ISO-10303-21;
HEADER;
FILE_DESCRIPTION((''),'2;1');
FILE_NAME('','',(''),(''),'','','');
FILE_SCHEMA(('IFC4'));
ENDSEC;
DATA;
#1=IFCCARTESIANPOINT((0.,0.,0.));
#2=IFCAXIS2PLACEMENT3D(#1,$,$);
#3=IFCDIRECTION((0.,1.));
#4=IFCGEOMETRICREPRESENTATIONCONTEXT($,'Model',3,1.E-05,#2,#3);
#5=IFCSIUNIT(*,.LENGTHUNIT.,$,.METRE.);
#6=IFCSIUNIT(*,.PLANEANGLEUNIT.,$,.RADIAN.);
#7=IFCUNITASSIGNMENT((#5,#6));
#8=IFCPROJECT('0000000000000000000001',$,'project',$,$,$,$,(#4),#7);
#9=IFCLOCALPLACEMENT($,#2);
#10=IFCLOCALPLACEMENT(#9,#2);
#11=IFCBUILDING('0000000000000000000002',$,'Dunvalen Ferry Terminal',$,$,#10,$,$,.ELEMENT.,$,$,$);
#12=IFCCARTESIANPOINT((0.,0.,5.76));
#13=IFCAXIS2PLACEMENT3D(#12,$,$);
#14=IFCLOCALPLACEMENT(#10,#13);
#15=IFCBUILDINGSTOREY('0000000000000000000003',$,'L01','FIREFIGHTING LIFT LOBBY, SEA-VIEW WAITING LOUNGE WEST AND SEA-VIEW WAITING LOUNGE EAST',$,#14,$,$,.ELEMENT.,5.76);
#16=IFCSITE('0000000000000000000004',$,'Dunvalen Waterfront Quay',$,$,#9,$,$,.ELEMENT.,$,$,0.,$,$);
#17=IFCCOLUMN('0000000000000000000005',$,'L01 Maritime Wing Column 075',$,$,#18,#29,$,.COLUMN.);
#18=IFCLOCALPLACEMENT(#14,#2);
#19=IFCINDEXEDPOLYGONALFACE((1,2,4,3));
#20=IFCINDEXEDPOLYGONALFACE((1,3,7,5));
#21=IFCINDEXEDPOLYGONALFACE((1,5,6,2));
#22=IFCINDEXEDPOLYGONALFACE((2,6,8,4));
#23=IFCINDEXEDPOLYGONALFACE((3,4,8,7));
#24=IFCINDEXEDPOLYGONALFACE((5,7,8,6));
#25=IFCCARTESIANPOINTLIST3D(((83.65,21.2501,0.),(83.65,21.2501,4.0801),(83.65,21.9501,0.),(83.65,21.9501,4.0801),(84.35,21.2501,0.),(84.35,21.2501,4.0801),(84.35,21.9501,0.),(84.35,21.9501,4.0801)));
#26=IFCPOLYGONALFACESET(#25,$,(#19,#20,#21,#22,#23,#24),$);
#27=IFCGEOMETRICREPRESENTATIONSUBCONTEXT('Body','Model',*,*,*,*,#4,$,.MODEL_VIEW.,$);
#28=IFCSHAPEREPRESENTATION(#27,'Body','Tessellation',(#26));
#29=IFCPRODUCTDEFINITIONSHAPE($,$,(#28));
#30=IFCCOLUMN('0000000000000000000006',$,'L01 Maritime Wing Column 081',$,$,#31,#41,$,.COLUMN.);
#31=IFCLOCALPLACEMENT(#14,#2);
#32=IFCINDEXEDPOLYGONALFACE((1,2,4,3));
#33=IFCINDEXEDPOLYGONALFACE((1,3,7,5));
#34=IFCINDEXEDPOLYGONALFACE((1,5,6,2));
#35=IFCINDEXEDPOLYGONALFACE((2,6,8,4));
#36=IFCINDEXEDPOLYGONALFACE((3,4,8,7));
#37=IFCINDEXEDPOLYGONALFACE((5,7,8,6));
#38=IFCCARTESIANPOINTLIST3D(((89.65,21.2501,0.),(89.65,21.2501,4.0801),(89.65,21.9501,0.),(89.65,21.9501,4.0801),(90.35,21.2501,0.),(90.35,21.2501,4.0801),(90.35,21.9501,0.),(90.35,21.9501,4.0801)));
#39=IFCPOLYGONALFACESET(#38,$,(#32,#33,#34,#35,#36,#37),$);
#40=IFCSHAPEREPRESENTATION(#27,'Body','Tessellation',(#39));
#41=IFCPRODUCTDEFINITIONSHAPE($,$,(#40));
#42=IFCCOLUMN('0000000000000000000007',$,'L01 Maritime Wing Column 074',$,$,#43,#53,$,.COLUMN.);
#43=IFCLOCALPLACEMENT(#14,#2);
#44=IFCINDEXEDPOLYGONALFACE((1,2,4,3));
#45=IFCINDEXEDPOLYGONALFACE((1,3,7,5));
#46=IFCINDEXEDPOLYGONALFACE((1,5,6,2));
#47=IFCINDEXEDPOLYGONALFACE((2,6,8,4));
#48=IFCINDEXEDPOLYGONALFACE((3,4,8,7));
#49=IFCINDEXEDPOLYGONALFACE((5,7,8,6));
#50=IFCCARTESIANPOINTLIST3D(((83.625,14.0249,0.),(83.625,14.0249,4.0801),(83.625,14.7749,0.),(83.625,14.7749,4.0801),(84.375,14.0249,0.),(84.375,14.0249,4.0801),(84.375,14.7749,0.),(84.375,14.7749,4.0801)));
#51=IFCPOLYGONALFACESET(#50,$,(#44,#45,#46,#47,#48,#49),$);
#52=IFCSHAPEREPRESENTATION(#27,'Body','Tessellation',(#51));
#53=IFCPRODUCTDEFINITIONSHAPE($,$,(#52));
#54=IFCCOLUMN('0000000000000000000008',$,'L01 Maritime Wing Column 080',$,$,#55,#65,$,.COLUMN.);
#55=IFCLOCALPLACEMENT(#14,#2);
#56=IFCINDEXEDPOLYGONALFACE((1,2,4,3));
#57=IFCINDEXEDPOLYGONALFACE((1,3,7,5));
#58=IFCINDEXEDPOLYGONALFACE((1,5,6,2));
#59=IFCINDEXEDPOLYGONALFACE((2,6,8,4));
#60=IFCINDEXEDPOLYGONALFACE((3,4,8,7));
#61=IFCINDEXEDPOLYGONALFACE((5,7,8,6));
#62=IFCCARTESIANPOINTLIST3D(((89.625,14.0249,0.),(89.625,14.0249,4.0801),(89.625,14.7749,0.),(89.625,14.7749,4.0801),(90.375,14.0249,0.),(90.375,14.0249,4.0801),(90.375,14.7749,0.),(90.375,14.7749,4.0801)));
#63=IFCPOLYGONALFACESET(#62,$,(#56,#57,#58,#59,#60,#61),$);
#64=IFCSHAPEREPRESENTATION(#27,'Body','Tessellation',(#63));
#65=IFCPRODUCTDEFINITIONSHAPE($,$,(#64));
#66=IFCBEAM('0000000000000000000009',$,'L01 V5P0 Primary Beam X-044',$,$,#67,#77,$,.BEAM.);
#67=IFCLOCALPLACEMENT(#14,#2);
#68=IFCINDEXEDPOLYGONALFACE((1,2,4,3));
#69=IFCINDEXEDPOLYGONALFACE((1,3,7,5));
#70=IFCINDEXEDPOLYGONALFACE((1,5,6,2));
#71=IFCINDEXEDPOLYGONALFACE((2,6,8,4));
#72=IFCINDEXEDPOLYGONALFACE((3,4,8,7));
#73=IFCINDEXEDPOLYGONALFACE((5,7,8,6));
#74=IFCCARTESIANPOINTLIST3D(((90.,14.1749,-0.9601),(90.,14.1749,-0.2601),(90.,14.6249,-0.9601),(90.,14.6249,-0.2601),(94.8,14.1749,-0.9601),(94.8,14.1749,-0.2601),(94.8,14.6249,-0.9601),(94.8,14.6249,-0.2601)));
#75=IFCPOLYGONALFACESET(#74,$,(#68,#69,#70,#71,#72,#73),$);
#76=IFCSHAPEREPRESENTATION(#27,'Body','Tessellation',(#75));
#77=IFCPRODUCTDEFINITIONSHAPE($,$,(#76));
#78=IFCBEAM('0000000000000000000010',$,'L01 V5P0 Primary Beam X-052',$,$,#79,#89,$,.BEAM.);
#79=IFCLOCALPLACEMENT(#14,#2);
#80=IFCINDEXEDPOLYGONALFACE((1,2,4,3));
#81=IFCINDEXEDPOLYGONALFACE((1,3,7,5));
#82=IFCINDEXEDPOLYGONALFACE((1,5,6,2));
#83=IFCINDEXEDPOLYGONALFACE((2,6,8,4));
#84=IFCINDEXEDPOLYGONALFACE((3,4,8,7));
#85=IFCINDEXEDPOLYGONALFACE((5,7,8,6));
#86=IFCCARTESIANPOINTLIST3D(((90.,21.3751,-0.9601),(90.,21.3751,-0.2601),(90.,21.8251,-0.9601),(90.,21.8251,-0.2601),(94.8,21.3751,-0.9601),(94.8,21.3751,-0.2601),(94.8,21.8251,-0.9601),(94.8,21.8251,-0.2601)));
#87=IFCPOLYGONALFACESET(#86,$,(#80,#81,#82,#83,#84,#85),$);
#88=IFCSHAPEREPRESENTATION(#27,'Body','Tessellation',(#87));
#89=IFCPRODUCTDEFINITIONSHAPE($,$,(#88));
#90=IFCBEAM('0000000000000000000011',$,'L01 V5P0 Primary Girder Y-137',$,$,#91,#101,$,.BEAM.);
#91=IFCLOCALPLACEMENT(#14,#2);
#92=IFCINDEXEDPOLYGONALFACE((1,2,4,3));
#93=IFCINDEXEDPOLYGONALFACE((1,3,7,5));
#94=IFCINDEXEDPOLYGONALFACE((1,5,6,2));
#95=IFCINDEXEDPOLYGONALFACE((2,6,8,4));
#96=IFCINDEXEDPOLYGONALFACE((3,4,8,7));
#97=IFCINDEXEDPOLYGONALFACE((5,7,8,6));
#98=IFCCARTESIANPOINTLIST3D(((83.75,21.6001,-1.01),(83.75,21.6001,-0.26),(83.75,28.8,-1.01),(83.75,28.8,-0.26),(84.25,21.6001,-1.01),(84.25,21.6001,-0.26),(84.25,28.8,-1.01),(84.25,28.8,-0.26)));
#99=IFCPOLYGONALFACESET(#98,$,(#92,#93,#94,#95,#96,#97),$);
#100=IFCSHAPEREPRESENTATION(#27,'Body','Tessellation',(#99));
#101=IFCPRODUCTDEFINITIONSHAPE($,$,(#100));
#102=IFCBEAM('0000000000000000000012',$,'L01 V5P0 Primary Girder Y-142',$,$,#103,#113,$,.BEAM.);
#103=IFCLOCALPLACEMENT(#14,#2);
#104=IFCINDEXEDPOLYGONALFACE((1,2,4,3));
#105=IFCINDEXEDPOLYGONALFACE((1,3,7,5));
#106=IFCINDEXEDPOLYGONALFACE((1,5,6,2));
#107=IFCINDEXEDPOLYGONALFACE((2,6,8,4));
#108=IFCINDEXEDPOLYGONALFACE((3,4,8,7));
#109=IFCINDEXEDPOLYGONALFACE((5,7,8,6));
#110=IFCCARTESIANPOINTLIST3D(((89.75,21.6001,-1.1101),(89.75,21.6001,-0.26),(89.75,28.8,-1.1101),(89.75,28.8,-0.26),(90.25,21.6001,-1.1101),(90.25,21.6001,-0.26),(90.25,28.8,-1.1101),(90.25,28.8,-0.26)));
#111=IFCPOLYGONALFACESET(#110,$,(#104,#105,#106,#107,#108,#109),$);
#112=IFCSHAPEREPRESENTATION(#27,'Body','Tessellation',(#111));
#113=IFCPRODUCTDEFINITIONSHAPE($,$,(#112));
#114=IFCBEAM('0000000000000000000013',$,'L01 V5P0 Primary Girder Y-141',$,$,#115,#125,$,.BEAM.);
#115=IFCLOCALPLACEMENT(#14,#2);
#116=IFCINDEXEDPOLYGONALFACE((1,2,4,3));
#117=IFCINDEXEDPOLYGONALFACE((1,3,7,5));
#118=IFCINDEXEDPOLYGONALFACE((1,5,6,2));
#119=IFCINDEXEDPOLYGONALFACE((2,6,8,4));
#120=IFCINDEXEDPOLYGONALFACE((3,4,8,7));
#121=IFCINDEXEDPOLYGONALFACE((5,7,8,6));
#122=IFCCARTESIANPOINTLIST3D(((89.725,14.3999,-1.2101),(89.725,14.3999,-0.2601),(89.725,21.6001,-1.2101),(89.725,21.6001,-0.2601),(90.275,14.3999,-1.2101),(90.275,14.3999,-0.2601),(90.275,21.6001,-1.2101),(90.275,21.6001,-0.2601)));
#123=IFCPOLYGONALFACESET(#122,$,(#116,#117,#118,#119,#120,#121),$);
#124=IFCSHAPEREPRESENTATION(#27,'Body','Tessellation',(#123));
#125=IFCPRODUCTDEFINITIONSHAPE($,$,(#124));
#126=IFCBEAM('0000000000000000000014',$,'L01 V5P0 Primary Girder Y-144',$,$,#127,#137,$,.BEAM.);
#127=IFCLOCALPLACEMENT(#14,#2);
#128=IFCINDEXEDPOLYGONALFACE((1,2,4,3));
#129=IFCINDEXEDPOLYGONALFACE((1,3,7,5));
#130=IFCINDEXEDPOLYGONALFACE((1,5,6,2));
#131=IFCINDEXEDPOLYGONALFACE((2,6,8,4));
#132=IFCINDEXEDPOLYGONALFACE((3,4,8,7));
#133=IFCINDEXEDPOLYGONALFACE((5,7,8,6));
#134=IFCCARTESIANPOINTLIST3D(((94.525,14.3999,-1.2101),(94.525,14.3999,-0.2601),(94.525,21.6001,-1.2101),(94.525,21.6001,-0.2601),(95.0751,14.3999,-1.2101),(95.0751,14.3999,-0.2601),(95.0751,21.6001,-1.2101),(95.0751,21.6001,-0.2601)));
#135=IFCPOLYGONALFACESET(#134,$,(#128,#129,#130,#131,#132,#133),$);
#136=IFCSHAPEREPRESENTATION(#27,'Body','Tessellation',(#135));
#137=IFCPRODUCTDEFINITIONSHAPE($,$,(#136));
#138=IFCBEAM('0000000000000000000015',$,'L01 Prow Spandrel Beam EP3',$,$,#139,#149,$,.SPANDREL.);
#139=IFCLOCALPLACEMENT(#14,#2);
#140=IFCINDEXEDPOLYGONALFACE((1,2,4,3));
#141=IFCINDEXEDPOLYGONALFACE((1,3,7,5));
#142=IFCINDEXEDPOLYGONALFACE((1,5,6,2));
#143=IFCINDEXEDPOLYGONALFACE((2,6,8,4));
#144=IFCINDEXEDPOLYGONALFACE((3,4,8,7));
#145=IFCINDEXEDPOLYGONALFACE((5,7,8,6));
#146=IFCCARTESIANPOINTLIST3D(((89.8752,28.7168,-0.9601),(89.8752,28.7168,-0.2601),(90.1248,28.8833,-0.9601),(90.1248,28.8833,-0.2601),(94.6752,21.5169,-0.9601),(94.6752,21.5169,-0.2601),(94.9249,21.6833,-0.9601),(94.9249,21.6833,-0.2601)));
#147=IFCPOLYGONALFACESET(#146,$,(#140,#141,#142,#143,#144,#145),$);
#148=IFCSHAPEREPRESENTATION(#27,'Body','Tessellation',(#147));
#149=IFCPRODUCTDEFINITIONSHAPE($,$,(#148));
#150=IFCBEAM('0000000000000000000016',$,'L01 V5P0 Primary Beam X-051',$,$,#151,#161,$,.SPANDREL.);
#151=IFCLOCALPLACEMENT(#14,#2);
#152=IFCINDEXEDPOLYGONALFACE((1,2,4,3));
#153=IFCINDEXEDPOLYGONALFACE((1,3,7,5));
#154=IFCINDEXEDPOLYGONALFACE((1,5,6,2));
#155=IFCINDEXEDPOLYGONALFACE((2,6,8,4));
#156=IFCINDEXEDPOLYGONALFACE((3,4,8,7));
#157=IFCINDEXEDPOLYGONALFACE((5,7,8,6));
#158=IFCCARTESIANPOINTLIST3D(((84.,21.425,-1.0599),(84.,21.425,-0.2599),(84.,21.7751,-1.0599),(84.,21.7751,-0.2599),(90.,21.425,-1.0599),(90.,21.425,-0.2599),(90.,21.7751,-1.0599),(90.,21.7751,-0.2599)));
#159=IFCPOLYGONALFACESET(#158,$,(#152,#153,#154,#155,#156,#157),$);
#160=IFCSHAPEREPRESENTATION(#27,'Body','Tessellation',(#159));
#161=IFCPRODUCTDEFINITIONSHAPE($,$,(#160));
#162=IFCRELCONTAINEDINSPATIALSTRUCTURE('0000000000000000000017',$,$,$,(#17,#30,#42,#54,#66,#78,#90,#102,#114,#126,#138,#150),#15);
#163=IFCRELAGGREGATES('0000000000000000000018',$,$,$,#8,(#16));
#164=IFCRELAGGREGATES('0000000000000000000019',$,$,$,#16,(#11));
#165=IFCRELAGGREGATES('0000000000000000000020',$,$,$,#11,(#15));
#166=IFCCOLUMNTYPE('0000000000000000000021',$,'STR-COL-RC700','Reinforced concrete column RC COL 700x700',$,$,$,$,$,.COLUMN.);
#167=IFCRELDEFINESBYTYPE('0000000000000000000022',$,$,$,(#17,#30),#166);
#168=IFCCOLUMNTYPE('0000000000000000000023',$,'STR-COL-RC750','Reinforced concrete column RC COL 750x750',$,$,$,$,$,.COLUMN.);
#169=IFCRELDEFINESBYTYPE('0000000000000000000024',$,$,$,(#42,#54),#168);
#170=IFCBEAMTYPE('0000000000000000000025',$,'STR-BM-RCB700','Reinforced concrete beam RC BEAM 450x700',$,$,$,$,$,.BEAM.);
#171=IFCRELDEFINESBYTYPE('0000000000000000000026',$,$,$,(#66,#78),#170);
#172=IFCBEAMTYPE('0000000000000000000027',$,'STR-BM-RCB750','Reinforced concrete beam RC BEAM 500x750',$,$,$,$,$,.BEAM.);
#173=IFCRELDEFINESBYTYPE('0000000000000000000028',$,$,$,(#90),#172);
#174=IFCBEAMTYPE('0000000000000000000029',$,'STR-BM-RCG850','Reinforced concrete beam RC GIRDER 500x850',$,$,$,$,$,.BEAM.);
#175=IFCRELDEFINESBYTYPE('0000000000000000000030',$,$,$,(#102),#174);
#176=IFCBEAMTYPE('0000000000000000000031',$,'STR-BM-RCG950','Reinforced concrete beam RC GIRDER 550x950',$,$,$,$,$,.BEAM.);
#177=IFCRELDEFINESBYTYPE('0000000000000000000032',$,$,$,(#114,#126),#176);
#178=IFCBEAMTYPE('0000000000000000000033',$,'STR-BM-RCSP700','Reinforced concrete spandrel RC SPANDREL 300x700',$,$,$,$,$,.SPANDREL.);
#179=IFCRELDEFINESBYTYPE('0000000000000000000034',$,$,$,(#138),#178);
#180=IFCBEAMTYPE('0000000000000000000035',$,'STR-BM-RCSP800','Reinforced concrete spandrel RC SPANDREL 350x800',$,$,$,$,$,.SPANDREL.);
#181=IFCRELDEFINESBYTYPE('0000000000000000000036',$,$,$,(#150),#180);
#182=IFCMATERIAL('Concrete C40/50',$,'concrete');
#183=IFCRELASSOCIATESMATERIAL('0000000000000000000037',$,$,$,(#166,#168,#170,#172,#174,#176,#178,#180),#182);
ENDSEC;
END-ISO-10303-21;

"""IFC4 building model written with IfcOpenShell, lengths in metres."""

from ifc_helpers import new_model, si_unit, direction, frame, origin, origin_2d, place, context, subcontext, project, spatial, rectangle, extrude, material, material_profile, profile_set, type_object, element, save


model = new_model("IFC4")

# Units and contexts
model_context = context("Model", 3, precision=1e-05, world=origin(), true_north=direction((0.0, 1.0)))
body_context = subcontext(model_context, "Body", "Model", "MODEL_VIEW")
ifc_project = project(units=[si_unit("LENGTHUNIT", "METRE"), si_unit("PLANEANGLEUNIT", "RADIAN")], contexts=[model_context])

# Site, building, storey
site_placement = place(None, origin())
site = spatial("IfcSite", under=ifc_project, at=site_placement, Name="Dunvalen Waterfront Quay", CompositionType="ELEMENT", RefElevation=0.0)
building_placement = place(site_placement, origin())
building = spatial("IfcBuilding", under=site, at=building_placement, Name="Dunvalen Ferry Terminal", CompositionType="ELEMENT")
storey_placement = place(building_placement, frame((0.0, 0.0, 5.76)))
storey = spatial("IfcBuildingStorey", under=building, at=storey_placement, Name="L01", Description="FIREFIGHTING LIFT LOBBY, SEA-VIEW WAITING LOUNGE WEST AND SEA-VIEW WAITING LOUNGE EAST", CompositionType="ELEMENT", Elevation=5.76)

# Columns
ifc_material_1 = material(Name="Concrete C40/50", Category="concrete")
ifc_material_profile_1 = material_profile(ifc_material_1, rectangle(XDim=0.7, YDim=0.7, at=origin_2d()), Name="Concrete C40/50")
ifc_profile_set_1 = profile_set([ifc_material_profile_1], Name="Concrete C40/50")
column_type_1 = type_object("IfcColumnType", Name="STR-COL-RC700", Description="Reinforced concrete column RC COL 700x700", PredefinedType="COLUMN", material=ifc_profile_set_1)
for number, where, z_axis, x_axis, name in (
    (1, (84.0, 21.6001, 0.0), (0.0, 0.0, 1.0), (1.0, 0.0, 0.0), "L01 Maritime Wing Column 075"),
    (2, (90.0, 21.6001, 0.0), (0.0, 0.0, 1.0), (1.0, 0.0, 0.0), "L01 Maritime Wing Column 081"),
):
    element("IfcColumn", number, at=place(storey_placement, frame(where, z_axis=z_axis, x_axis=x_axis)), inside=storey, type_object=column_type_1, Name=name, PredefinedType="COLUMN", context=body_context, shape_type="SweptSolid", body=[
        extrude(rectangle(XDim=0.7, YDim=0.7, at=origin_2d()), origin(), (0.0, 0.0, 1.0), 4.0801),
    ])
ifc_material_profile_2 = material_profile(ifc_material_1, rectangle(XDim=0.75, YDim=0.75, at=origin_2d()), Name="Concrete C40/50")
ifc_profile_set_2 = profile_set([ifc_material_profile_2], Name="Concrete C40/50")
column_type_2 = type_object("IfcColumnType", Name="STR-COL-RC750", Description="Reinforced concrete column RC COL 750x750", PredefinedType="COLUMN", material=ifc_profile_set_2)
for number, where, z_axis, x_axis, name in (
    (3, (84.0, 14.3999, 0.0), (0.0, 0.0, 1.0), (1.0, 0.0, 0.0), "L01 Maritime Wing Column 074"),
    (4, (90.0, 14.3999, 0.0), (0.0, 0.0, 1.0), (1.0, 0.0, 0.0), "L01 Maritime Wing Column 080"),
):
    element("IfcColumn", number, at=place(storey_placement, frame(where, z_axis=z_axis, x_axis=x_axis)), inside=storey, type_object=column_type_2, Name=name, PredefinedType="COLUMN", context=body_context, shape_type="SweptSolid", body=[
        extrude(rectangle(XDim=0.75, YDim=0.75, at=origin_2d()), origin(), (0.0, 0.0, 1.0), 4.0801),
    ])

# Beams
ifc_material_profile_3 = material_profile(ifc_material_1, rectangle(XDim=0.45, YDim=0.7, at=origin_2d()), Name="Concrete C40/50")
ifc_profile_set_3 = profile_set([ifc_material_profile_3], Name="Concrete C40/50")
beam_type_1 = type_object("IfcBeamType", Name="STR-BM-RCB700", Description="Reinforced concrete beam RC BEAM 450x700", PredefinedType="BEAM", material=ifc_profile_set_3)
for number, where, z_axis, x_axis, name in (
    (5, (90.0, 14.3999, -0.6101), (1.0, 0.0, 0.0), (0.0, 1.0, 0.0), "L01 V5P0 Primary Beam X-044"),
    (6, (90.0, 21.6001, -0.6101), (1.0, 0.0, 0.0), (0.0, 1.0, 0.0), "L01 V5P0 Primary Beam X-052"),
):
    element("IfcBeam", number, at=place(storey_placement, frame(where, z_axis=z_axis, x_axis=x_axis)), inside=storey, type_object=beam_type_1, Name=name, PredefinedType="BEAM", context=body_context, shape_type="SweptSolid", body=[
        extrude(rectangle(XDim=0.45, YDim=0.7, at=origin_2d()), origin(), (0.0, 0.0, 1.0), 4.8),
    ])
ifc_material_profile_4 = material_profile(ifc_material_1, rectangle(XDim=0.5, YDim=0.75, at=origin_2d()), Name="Concrete C40/50")
ifc_profile_set_4 = profile_set([ifc_material_profile_4], Name="Concrete C40/50")
beam_type_2 = type_object("IfcBeamType", Name="STR-BM-RCB750", Description="Reinforced concrete beam RC BEAM 500x750", PredefinedType="BEAM", material=ifc_profile_set_4)
beam_1_placement = place(storey_placement, frame((84.0, 21.6001, -0.635), z_axis=(0.0, 1.0, 0.0), x_axis=(-1.0, 0.0, 0.0)))
element("IfcBeam", 7, at=beam_1_placement, inside=storey, type_object=beam_type_2, Name="L01 V5P0 Primary Girder Y-137", PredefinedType="BEAM", context=body_context, shape_type="SweptSolid", body=[
    extrude(rectangle(XDim=0.5, YDim=0.75, at=origin_2d()), origin(), (0.0, 0.0, 1.0), 7.2),
])
ifc_material_profile_5 = material_profile(ifc_material_1, rectangle(XDim=0.5, YDim=0.8501, at=origin_2d()), Name="Concrete C40/50")
ifc_profile_set_5 = profile_set([ifc_material_profile_5], Name="Concrete C40/50")
beam_type_3 = type_object("IfcBeamType", Name="STR-BM-RCG850", Description="Reinforced concrete beam RC GIRDER 500x850", PredefinedType="BEAM", material=ifc_profile_set_5)
beam_2_placement = place(storey_placement, frame((90.0, 21.6001, -0.6851), z_axis=(0.0, 1.0, 0.0), x_axis=(-1.0, 0.0, 0.0)))
element("IfcBeam", 8, at=beam_2_placement, inside=storey, type_object=beam_type_3, Name="L01 V5P0 Primary Girder Y-142", PredefinedType="BEAM", context=body_context, shape_type="SweptSolid", body=[
    extrude(rectangle(XDim=0.5, YDim=0.8501, at=origin_2d()), origin(), (0.0, 0.0, 1.0), 7.2),
])
ifc_material_profile_6 = material_profile(ifc_material_1, rectangle(XDim=0.55, YDim=0.95, at=origin_2d()), Name="Concrete C40/50")
ifc_profile_set_6 = profile_set([ifc_material_profile_6], Name="Concrete C40/50")
beam_type_4 = type_object("IfcBeamType", Name="STR-BM-RCG950", Description="Reinforced concrete beam RC GIRDER 550x950", PredefinedType="BEAM", material=ifc_profile_set_6)
for number, where, z_axis, x_axis, name in (
    (9, (90.0, 14.3999, -0.7351), (0.0, 1.0, 0.0), (-1.0, 0.0, 0.0), "L01 V5P0 Primary Girder Y-141"),
    (10, (94.8, 14.3999, -0.7351), (0.0, 1.0, 0.0), (-1.0, 0.0, 0.0), "L01 V5P0 Primary Girder Y-144"),
):
    element("IfcBeam", number, at=place(storey_placement, frame(where, z_axis=z_axis, x_axis=x_axis)), inside=storey, type_object=beam_type_4, Name=name, PredefinedType="BEAM", context=body_context, shape_type="SweptSolid", body=[
        extrude(rectangle(XDim=0.55, YDim=0.95, at=origin_2d()), origin(), (0.0, 0.0, 1.0), 7.2002),
    ])
ifc_material_profile_7 = material_profile(ifc_material_1, rectangle(XDim=0.3, YDim=0.7, at=origin_2d()), Name="Concrete C40/50")
ifc_profile_set_7 = profile_set([ifc_material_profile_7], Name="Concrete C40/50")
beam_type_5 = type_object("IfcBeamType", Name="STR-BM-RCSP700", Description="Reinforced concrete spandrel RC SPANDREL 300x700", PredefinedType="SPANDREL", material=ifc_profile_set_7)
beam_3_placement = place(storey_placement, frame((94.8, 21.6001, -0.6101), z_axis=(-0.554707, 0.832046, 0.0), x_axis=(-0.832046, -0.554707, 0.0)))
element("IfcBeam", 11, at=beam_3_placement, inside=storey, type_object=beam_type_5, Name="L01 Prow Spandrel Beam EP3", PredefinedType="SPANDREL", context=body_context, shape_type="SweptSolid", body=[
    extrude(rectangle(XDim=0.3, YDim=0.7, at=origin_2d()), origin(), (0.0, 0.0, 1.0), 8.6533),
])
ifc_material_profile_8 = material_profile(ifc_material_1, rectangle(XDim=0.3501, YDim=0.8, at=origin_2d()), Name="Concrete C40/50")
ifc_profile_set_8 = profile_set([ifc_material_profile_8], Name="Concrete C40/50")
beam_type_6 = type_object("IfcBeamType", Name="STR-BM-RCSP800", Description="Reinforced concrete spandrel RC SPANDREL 350x800", PredefinedType="SPANDREL", material=ifc_profile_set_8)
beam_4_placement = place(storey_placement, frame((84.0, 21.6001, -0.6599), z_axis=(1.0, 0.0, 0.0), x_axis=(0.0, 1.0, 0.0)))
element("IfcBeam", 12, at=beam_4_placement, inside=storey, type_object=beam_type_6, Name="L01 V5P0 Primary Beam X-051", PredefinedType="SPANDREL", context=body_context, shape_type="SweptSolid", body=[
    extrude(rectangle(XDim=0.3501, YDim=0.8, at=origin_2d()), origin(), (0.0, 0.0, 1.0), 6.0),
])

save(model, "model.ifc")
